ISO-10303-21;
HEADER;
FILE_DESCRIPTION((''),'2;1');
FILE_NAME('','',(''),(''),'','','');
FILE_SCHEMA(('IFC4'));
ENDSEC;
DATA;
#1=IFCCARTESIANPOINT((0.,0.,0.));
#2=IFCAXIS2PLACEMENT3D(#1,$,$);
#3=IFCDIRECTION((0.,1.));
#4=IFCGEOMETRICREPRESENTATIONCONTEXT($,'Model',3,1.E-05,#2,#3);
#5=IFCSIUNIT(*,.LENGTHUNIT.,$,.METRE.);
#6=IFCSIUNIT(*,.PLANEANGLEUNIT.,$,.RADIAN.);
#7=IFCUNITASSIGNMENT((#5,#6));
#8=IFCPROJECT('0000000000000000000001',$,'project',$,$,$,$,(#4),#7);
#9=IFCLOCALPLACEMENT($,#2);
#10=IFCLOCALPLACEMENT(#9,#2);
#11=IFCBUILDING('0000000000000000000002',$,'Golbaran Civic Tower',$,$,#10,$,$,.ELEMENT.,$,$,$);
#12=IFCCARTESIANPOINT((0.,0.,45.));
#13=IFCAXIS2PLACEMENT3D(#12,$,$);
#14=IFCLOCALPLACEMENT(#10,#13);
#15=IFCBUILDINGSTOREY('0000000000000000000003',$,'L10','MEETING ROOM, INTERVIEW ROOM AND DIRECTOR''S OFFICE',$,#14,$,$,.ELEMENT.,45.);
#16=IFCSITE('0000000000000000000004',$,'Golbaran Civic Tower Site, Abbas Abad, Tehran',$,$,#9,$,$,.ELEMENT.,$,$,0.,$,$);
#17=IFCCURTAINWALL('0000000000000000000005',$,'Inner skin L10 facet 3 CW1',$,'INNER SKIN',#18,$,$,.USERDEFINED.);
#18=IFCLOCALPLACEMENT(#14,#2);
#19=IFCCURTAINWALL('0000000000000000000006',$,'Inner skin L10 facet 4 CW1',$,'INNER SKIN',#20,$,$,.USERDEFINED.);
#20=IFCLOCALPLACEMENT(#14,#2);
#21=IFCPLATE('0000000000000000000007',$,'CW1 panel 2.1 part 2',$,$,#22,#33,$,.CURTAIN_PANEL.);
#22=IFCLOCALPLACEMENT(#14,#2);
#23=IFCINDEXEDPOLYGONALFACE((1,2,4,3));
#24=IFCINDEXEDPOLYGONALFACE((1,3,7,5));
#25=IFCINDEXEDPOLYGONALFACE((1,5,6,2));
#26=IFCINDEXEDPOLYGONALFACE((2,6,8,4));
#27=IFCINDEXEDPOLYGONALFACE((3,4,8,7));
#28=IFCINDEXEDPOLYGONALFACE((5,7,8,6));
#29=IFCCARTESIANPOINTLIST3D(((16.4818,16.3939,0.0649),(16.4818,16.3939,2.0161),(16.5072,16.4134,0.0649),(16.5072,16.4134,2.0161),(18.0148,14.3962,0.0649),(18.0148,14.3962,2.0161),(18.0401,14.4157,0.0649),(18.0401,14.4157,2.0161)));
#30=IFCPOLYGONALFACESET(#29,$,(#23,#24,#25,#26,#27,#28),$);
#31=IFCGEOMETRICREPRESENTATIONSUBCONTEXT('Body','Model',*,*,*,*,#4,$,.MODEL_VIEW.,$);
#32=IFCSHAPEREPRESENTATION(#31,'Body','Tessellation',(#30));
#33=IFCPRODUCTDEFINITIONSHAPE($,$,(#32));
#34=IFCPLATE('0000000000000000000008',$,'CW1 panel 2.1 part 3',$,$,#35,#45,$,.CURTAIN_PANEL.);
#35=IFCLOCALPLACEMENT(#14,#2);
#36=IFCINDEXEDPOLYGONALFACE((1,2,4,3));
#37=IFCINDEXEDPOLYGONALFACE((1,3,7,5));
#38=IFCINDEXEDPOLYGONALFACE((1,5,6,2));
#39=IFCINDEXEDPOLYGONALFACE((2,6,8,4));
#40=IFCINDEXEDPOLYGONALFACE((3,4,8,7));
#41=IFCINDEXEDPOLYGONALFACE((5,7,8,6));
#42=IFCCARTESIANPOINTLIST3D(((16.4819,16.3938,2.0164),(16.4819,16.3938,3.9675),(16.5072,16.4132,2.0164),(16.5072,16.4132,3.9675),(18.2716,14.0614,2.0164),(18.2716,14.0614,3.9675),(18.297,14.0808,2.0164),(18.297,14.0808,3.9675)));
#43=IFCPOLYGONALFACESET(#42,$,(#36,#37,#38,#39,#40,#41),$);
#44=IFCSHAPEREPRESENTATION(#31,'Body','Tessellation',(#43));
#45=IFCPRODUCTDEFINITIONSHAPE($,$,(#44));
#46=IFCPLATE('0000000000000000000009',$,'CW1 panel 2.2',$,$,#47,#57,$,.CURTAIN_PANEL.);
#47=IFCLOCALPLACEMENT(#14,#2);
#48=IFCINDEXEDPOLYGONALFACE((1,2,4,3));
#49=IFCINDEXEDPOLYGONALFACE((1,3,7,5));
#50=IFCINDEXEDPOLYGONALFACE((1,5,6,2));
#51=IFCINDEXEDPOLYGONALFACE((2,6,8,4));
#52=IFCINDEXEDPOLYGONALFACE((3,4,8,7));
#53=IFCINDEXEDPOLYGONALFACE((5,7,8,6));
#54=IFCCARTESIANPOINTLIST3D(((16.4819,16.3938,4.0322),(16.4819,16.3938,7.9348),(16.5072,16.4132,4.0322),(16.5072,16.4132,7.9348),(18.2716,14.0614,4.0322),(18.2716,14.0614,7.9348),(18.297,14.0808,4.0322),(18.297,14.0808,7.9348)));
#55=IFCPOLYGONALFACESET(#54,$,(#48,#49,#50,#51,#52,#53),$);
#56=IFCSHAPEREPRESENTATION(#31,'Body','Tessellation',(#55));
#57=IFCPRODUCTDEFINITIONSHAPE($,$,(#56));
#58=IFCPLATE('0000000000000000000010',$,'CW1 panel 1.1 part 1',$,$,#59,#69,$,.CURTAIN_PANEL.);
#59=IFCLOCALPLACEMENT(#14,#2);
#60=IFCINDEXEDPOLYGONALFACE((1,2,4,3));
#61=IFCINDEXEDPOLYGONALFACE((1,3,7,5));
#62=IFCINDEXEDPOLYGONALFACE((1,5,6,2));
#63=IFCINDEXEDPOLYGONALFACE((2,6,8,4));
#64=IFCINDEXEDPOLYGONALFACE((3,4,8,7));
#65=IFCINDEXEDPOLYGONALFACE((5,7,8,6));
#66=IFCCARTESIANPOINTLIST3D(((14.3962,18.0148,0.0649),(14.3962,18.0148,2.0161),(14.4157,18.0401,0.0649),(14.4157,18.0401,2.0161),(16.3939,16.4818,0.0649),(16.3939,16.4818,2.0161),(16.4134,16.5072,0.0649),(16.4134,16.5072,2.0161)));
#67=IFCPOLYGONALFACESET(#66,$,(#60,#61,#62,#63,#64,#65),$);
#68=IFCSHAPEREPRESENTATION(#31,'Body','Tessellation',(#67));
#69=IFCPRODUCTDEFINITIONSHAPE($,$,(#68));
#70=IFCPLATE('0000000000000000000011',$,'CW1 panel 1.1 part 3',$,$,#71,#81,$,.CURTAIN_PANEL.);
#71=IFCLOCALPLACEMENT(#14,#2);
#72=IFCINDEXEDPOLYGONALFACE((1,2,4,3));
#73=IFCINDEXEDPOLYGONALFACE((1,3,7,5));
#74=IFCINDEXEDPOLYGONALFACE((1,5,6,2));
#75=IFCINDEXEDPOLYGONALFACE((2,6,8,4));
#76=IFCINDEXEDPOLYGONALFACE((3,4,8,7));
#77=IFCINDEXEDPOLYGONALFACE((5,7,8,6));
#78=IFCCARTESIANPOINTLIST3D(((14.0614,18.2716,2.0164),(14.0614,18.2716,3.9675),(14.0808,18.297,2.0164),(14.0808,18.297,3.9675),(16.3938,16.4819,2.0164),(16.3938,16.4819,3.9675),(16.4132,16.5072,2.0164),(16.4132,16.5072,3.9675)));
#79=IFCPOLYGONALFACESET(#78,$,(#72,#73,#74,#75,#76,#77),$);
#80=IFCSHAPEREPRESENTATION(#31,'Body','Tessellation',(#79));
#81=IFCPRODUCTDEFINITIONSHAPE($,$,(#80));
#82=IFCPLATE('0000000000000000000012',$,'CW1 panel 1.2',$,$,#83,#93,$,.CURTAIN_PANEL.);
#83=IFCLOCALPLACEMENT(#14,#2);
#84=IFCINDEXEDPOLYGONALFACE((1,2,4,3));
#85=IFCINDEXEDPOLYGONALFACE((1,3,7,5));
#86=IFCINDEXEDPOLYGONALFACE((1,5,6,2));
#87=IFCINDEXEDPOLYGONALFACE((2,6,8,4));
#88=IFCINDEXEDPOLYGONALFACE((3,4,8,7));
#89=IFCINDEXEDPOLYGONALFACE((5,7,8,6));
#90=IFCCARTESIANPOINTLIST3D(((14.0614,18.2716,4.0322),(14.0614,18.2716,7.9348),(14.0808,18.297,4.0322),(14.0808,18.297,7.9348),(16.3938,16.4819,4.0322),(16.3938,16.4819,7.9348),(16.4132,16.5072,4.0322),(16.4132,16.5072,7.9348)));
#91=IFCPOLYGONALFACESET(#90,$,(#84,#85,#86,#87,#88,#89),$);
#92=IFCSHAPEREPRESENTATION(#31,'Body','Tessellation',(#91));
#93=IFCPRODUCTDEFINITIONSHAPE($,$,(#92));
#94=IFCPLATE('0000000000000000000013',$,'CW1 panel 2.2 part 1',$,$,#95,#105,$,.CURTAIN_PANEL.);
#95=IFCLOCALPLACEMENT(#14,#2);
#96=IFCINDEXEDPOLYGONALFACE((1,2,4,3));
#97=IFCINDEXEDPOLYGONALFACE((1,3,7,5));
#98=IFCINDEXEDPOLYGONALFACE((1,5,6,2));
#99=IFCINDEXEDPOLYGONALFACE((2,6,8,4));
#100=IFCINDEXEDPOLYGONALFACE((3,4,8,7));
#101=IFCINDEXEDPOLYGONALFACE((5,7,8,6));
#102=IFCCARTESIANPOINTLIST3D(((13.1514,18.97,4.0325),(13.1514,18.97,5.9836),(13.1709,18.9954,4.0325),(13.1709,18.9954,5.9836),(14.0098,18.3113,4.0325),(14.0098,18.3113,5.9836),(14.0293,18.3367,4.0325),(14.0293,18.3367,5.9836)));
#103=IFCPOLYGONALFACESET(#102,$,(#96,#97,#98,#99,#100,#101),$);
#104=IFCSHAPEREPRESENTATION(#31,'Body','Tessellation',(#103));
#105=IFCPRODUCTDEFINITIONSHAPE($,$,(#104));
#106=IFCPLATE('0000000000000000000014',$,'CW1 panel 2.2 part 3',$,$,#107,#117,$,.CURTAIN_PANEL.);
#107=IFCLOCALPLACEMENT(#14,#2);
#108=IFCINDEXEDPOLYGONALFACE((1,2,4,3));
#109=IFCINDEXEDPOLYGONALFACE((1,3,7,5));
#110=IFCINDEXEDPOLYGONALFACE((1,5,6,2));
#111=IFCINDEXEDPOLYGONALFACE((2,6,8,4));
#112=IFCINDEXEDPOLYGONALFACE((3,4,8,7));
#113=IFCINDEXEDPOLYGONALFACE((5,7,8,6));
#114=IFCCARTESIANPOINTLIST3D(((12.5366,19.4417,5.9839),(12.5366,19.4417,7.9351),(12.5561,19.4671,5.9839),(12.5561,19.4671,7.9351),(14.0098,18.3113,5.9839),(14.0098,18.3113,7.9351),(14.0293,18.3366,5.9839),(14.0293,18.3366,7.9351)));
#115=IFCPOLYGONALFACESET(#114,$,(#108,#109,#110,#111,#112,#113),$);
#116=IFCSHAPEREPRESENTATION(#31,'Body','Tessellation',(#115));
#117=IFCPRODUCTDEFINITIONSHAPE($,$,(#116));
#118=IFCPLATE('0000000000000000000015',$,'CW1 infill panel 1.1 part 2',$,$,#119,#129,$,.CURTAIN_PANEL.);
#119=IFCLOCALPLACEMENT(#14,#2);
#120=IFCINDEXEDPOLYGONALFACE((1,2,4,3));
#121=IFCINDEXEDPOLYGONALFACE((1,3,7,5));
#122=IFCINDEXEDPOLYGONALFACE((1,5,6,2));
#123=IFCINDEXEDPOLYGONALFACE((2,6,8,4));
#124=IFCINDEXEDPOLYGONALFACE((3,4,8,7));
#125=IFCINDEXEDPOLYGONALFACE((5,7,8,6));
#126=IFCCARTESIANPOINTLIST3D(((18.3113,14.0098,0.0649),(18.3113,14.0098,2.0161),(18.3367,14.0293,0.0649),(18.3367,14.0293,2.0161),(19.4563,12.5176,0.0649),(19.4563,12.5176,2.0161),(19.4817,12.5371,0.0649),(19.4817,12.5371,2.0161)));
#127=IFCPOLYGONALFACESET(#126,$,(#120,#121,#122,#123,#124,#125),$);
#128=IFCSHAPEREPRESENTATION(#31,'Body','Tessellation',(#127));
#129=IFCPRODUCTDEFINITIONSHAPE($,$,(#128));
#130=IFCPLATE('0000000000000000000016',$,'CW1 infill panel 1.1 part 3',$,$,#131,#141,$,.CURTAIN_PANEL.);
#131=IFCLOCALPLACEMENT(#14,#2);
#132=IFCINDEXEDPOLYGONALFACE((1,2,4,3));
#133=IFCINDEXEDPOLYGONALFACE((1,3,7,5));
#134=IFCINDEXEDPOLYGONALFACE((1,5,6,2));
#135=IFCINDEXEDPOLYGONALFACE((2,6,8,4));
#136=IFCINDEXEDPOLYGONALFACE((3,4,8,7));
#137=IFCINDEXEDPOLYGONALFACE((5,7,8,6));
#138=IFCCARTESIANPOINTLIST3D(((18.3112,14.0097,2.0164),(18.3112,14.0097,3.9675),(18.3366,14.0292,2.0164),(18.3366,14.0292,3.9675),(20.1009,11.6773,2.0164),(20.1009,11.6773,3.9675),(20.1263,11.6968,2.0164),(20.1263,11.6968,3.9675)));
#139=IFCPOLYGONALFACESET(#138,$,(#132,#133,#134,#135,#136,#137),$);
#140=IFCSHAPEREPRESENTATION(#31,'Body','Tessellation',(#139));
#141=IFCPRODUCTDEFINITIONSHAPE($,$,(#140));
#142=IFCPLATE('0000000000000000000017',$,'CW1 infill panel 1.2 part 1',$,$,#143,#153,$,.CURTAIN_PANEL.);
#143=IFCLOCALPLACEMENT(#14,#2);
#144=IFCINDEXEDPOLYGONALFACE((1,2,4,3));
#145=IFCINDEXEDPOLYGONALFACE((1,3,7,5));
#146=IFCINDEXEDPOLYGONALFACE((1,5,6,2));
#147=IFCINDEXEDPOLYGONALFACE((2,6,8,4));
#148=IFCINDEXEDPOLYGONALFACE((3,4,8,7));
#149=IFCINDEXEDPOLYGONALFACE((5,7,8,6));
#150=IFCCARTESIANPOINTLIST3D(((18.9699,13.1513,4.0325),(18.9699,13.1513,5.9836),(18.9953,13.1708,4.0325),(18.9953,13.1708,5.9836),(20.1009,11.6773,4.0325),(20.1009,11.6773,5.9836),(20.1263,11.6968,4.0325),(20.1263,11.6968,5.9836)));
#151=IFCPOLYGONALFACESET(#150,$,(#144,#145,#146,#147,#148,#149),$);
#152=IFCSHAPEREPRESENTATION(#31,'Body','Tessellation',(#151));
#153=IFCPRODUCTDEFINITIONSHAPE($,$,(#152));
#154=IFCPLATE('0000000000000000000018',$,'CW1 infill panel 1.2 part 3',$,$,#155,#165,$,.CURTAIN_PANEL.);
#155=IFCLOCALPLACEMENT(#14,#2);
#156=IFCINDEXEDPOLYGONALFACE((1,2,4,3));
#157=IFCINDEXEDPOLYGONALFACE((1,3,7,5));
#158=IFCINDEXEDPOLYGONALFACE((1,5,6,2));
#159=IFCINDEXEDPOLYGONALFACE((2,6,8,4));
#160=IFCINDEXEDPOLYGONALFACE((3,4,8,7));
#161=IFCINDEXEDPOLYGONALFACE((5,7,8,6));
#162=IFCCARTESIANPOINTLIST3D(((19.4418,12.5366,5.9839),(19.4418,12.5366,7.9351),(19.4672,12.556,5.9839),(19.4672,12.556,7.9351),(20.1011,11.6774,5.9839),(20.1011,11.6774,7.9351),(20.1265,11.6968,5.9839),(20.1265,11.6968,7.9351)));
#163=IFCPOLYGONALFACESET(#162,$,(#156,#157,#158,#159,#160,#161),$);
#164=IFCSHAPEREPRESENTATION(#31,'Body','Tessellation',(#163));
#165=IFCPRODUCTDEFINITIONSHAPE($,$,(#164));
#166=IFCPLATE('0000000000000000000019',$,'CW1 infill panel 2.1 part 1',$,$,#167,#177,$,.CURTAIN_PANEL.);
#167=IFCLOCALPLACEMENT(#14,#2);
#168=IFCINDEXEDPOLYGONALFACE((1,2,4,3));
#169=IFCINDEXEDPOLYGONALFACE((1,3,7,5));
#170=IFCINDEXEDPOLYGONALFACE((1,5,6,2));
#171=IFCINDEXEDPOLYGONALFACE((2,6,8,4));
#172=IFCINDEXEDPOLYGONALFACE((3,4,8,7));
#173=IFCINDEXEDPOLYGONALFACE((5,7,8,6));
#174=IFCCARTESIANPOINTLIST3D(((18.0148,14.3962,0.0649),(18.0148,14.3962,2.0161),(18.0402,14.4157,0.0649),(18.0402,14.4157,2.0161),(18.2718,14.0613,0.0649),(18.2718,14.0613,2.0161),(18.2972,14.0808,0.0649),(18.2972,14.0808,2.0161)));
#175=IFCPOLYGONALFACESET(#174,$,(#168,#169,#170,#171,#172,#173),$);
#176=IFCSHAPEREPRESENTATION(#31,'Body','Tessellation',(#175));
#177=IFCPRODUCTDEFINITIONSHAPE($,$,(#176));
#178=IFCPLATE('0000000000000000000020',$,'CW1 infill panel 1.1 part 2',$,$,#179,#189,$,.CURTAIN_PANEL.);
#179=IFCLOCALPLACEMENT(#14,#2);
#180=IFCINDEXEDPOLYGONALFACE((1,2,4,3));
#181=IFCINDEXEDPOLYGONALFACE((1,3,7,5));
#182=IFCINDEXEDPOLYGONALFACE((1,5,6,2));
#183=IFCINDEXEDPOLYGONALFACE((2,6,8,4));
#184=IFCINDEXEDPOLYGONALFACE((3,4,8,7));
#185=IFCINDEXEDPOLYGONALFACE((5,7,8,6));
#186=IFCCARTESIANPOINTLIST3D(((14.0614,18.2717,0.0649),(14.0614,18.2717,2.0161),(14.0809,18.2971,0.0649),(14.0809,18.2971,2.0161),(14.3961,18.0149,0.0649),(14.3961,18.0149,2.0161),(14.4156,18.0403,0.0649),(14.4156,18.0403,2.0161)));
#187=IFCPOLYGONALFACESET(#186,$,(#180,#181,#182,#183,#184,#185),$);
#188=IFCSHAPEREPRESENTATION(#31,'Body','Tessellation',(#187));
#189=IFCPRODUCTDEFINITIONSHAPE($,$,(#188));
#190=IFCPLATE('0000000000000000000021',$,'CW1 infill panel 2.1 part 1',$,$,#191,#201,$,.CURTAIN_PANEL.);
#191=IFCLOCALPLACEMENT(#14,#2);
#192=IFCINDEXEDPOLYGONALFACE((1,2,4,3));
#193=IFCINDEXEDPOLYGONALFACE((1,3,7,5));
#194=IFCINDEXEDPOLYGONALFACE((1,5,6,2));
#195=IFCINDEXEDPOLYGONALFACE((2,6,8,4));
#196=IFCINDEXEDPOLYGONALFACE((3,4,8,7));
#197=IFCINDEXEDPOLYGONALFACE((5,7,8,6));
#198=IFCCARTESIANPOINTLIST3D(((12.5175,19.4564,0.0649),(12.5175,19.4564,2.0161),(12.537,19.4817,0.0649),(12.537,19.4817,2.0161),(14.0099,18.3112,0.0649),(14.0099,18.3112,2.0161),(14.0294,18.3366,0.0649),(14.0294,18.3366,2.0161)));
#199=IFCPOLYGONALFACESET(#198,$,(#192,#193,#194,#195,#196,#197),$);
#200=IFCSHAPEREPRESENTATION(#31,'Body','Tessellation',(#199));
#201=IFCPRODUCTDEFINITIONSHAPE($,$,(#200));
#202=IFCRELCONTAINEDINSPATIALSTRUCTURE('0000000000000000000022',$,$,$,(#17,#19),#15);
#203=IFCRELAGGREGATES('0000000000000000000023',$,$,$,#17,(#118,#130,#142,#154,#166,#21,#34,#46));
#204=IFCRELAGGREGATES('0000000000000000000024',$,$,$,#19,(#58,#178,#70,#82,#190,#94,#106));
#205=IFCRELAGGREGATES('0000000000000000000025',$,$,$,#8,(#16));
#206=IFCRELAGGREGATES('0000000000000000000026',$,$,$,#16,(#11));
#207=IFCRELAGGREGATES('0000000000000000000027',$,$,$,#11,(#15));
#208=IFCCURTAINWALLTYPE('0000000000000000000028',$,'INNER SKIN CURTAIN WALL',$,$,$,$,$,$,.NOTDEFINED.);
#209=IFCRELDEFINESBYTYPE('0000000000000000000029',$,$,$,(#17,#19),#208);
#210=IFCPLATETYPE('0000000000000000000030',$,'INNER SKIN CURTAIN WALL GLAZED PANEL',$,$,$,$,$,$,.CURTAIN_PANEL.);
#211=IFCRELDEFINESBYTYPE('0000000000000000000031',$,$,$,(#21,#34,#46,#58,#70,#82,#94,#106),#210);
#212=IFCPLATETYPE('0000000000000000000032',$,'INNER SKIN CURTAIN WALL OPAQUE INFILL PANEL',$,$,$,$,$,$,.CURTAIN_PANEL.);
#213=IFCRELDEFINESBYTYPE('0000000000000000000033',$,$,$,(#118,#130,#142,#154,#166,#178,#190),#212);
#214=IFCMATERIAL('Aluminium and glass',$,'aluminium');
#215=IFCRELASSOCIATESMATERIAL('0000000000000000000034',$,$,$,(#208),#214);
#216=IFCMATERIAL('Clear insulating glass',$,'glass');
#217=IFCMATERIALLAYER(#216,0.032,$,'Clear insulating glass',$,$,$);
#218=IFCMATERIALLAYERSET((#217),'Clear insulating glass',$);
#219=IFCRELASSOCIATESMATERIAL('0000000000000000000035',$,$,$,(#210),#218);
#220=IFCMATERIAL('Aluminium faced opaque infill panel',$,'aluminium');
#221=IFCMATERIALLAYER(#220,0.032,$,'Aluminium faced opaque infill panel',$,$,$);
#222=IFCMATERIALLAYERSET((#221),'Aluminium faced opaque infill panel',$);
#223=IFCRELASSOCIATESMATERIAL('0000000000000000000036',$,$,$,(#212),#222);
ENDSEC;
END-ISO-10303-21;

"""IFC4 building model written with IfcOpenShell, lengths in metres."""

from ifc_helpers import new_model, si_unit, direction, frame, origin, origin_2d, place, context, subcontext, project, spatial, rectangle, extrude, material, layer, layer_set, type_object, element, aggregate, save


model = new_model("IFC4")

# Units and contexts
model_context = context("Model", 3, precision=1e-05, world=origin(), true_north=direction((0.0, 1.0)))
body_context = subcontext(model_context, "Body", "Model", "MODEL_VIEW")
ifc_project = project(units=[si_unit("LENGTHUNIT", "METRE"), si_unit("PLANEANGLEUNIT", "RADIAN")], contexts=[model_context])

# Site, building, storey
site_placement = place(None, origin())
site = spatial("IfcSite", under=ifc_project, at=site_placement, Name="Golbaran Civic Tower Site, Abbas Abad, Tehran", CompositionType="ELEMENT", RefElevation=0.0)
building_placement = place(site_placement, origin())
building = spatial("IfcBuilding", under=site, at=building_placement, Name="Golbaran Civic Tower", CompositionType="ELEMENT")
storey_placement = place(building_placement, frame((0.0, 0.0, 45.0)))
storey = spatial("IfcBuildingStorey", under=building, at=storey_placement, Name="L10", Description="MEETING ROOM, INTERVIEW ROOM AND DIRECTOR'S OFFICE", CompositionType="ELEMENT", Elevation=45.0)

# Shared definitions
ifc_material_1 = material(Name="Aluminium and glass", Category="aluminium")
curtain_wall_type = type_object("IfcCurtainWallType", Name="INNER SKIN CURTAIN WALL", PredefinedType="NOTDEFINED", material=ifc_material_1)

# Curtain walls
curtain_wall_1_placement = place(storey_placement, origin())
curtain_wall_1 = element("IfcCurtainWall", 1, at=curtain_wall_1_placement, inside=storey, type_object=curtain_wall_type, Name="Inner skin L10 facet 3 CW1", ObjectType="INNER SKIN", PredefinedType="USERDEFINED")
curtain_wall_2_placement = place(storey_placement, origin())
curtain_wall_2 = element("IfcCurtainWall", 2, at=curtain_wall_2_placement, inside=storey, type_object=curtain_wall_type, Name="Inner skin L10 facet 4 CW1", ObjectType="INNER SKIN", PredefinedType="USERDEFINED")

# Plates
ifc_material_2 = material(Name="Clear insulating glass", Category="glass")
ifc_layer_1 = layer(ifc_material_2, 0.032, Name="Clear insulating glass")
ifc_layer_set_1 = layer_set([ifc_layer_1], Name="Clear insulating glass")
plate_type_1 = type_object("IfcPlateType", Name="INNER SKIN CURTAIN WALL GLAZED PANEL", PredefinedType="CURTAIN_PANEL", material=ifc_layer_set_1)
plate_1_placement = place(storey_placement, frame((17.261, 15.4048, 0.0649), z_axis=(0.0, 0.0, 1.0), x_axis=(-0.608761, 0.793353, 0.0)))
plate_1 = element("IfcPlate", 3, at=plate_1_placement, type_object=plate_type_1, Name="CW1 panel 2.1 part 2", PredefinedType="CURTAIN_PANEL", context=body_context, shape_type="SweptSolid", body=[
    extrude(rectangle(XDim=2.5181, YDim=0.032, at=origin_2d()), origin(), (0.0, 0.0, 1.0), 1.9512),
])
plate_2_placement = place(storey_placement, frame((17.3894, 15.2373, 2.0164), z_axis=(0.0, 0.0, 1.0), x_axis=(-0.608761, 0.793353, 0.0)))
plate_2 = element("IfcPlate", 4, at=plate_2_placement, type_object=plate_type_1, Name="CW1 panel 2.1 part 3", PredefinedType="CURTAIN_PANEL", context=body_context, shape_type="SweptSolid", body=[
    extrude(rectangle(XDim=2.9399, YDim=0.032, at=origin_2d()), origin(), (0.0, 0.0, 1.0), 1.9512),
])
plate_3_placement = place(storey_placement, frame((17.3894, 15.2373, 4.0322), z_axis=(0.0, 0.0, 1.0), x_axis=(-0.608761, 0.793353, 0.0)))
plate_3 = element("IfcPlate", 5, at=plate_3_placement, type_object=plate_type_1, Name="CW1 panel 2.2", PredefinedType="CURTAIN_PANEL", context=body_context, shape_type="SweptSolid", body=[
    extrude(rectangle(XDim=2.9399, YDim=0.032, at=origin_2d()), origin(), (0.0, 0.0, 1.0), 3.9026),
])
plate_4_placement = place(storey_placement, frame((15.4048, 17.261, 0.0649), z_axis=(0.0, 0.0, 1.0), x_axis=(-0.793353, 0.608761, 0.0)))
plate_4 = element("IfcPlate", 6, at=plate_4_placement, type_object=plate_type_1, Name="CW1 panel 1.1 part 1", PredefinedType="CURTAIN_PANEL", context=body_context, shape_type="SweptSolid", body=[
    extrude(rectangle(XDim=2.5181, YDim=0.032, at=origin_2d()), origin(), (0.0, 0.0, 1.0), 1.9512),
])
plate_5_placement = place(storey_placement, frame((15.2373, 17.3894, 2.0164), z_axis=(0.0, 0.0, 1.0), x_axis=(-0.793353, 0.608761, 0.0)))
plate_5 = element("IfcPlate", 7, at=plate_5_placement, type_object=plate_type_1, Name="CW1 panel 1.1 part 3", PredefinedType="CURTAIN_PANEL", context=body_context, shape_type="SweptSolid", body=[
    extrude(rectangle(XDim=2.9399, YDim=0.032, at=origin_2d()), origin(), (0.0, 0.0, 1.0), 1.9512),
])
plate_6_placement = place(storey_placement, frame((15.2373, 17.3894, 4.0322), z_axis=(0.0, 0.0, 1.0), x_axis=(-0.793353, 0.608761, 0.0)))
plate_6 = element("IfcPlate", 8, at=plate_6_placement, type_object=plate_type_1, Name="CW1 panel 1.2", PredefinedType="CURTAIN_PANEL", context=body_context, shape_type="SweptSolid", body=[
    extrude(rectangle(XDim=2.9399, YDim=0.032, at=origin_2d()), origin(), (0.0, 0.0, 1.0), 3.9026),
])
plate_7_placement = place(storey_placement, frame((13.5903, 18.6533, 4.0325), z_axis=(0.0, 0.0, 1.0), x_axis=(-0.793353, 0.608761, 0.0)))
plate_7 = element("IfcPlate", 9, at=plate_7_placement, type_object=plate_type_1, Name="CW1 panel 2.2 part 1", PredefinedType="CURTAIN_PANEL", context=body_context, shape_type="SweptSolid", body=[
    extrude(rectangle(XDim=1.082, YDim=0.032, at=origin_2d()), origin(), (0.0, 0.0, 1.0), 1.9512),
])
plate_8_placement = place(storey_placement, frame((13.283, 18.8892, 5.9839), z_axis=(0.0, 0.0, 1.0), x_axis=(-0.793353, 0.608761, 0.0)))
plate_8 = element("IfcPlate", 10, at=plate_8_placement, type_object=plate_type_1, Name="CW1 panel 2.2 part 3", PredefinedType="CURTAIN_PANEL", context=body_context, shape_type="SweptSolid", body=[
    extrude(rectangle(XDim=1.8569, YDim=0.032, at=origin_2d()), origin(), (0.0, 0.0, 1.0), 1.9512),
])
ifc_material_3 = material(Name="Aluminium faced opaque infill panel", Category="aluminium")
ifc_layer_2 = layer(ifc_material_3, 0.032, Name="Aluminium faced opaque infill panel")
ifc_layer_set_2 = layer_set([ifc_layer_2], Name="Aluminium faced opaque infill panel")
plate_type_2 = type_object("IfcPlateType", Name="INNER SKIN CURTAIN WALL OPAQUE INFILL PANEL", PredefinedType="CURTAIN_PANEL", material=ifc_layer_set_2)
plate_9_placement = place(storey_placement, frame((18.8965, 13.2734, 0.0649), z_axis=(0.0, 0.0, 1.0), x_axis=(-0.608761, 0.793353, 0.0)))
plate_9 = element("IfcPlate", 11, at=plate_9_placement, type_object=plate_type_2, Name="CW1 infill panel 1.1 part 2", PredefinedType="CURTAIN_PANEL", context=body_context, shape_type="SweptSolid", body=[
    extrude(rectangle(XDim=1.8809, YDim=0.032, at=origin_2d()), origin(), (0.0, 0.0, 1.0), 1.9512),
])
plate_10_placement = place(storey_placement, frame((19.2188, 12.8533, 2.0164), z_axis=(0.0, 0.0, 1.0), x_axis=(-0.608761, 0.793353, 0.0)))
plate_10 = element("IfcPlate", 12, at=plate_10_placement, type_object=plate_type_2, Name="CW1 infill panel 1.1 part 3", PredefinedType="CURTAIN_PANEL", context=body_context, shape_type="SweptSolid", body=[
    extrude(rectangle(XDim=2.9399, YDim=0.032, at=origin_2d()), origin(), (0.0, 0.0, 1.0), 1.9512),
])
plate_11_placement = place(storey_placement, frame((19.5481, 12.4241, 4.0325), z_axis=(0.0, 0.0, 1.0), x_axis=(-0.608761, 0.793353, 0.0)))
plate_11 = element("IfcPlate", 13, at=plate_11_placement, type_object=plate_type_2, Name="CW1 infill panel 1.2 part 1", PredefinedType="CURTAIN_PANEL", context=body_context, shape_type="SweptSolid", body=[
    extrude(rectangle(XDim=1.8579, YDim=0.032, at=origin_2d()), origin(), (0.0, 0.0, 1.0), 1.9512),
])
plate_12_placement = place(storey_placement, frame((19.7842, 12.1167, 5.9839), z_axis=(0.0, 0.0, 1.0), x_axis=(-0.608761, 0.793353, 0.0)))
plate_12 = element("IfcPlate", 14, at=plate_12_placement, type_object=plate_type_2, Name="CW1 infill panel 1.2 part 3", PredefinedType="CURTAIN_PANEL", context=body_context, shape_type="SweptSolid", body=[
    extrude(rectangle(XDim=1.083, YDim=0.032, at=origin_2d()), origin(), (0.0, 0.0, 1.0), 1.9512),
])
plate_13_placement = place(storey_placement, frame((18.156, 14.2385, 0.0649), z_axis=(0.0, 0.0, 1.0), x_axis=(-0.608761, 0.793353, 0.0)))
plate_13 = element("IfcPlate", 15, at=plate_13_placement, type_object=plate_type_2, Name="CW1 infill panel 2.1 part 1", PredefinedType="CURTAIN_PANEL", context=body_context, shape_type="SweptSolid", body=[
    extrude(rectangle(XDim=0.4221, YDim=0.032, at=origin_2d()), origin(), (0.0, 0.0, 1.0), 1.9512),
])
aggregate(curtain_wall_1, [plate_9, plate_10, plate_11, plate_12, plate_13, plate_1, plate_2, plate_3])
plate_14_placement = place(storey_placement, frame((14.2385, 18.156, 0.0649), z_axis=(0.0, 0.0, 1.0), x_axis=(-0.793353, 0.608761, 0.0)))
plate_14 = element("IfcPlate", 16, at=plate_14_placement, type_object=plate_type_2, Name="CW1 infill panel 1.1 part 2", PredefinedType="CURTAIN_PANEL", context=body_context, shape_type="SweptSolid", body=[
    extrude(rectangle(XDim=0.4219, YDim=0.032, at=origin_2d()), origin(), (0.0, 0.0, 1.0), 1.9512),
])
plate_15_placement = place(storey_placement, frame((13.2734, 18.8965, 0.0649), z_axis=(0.0, 0.0, 1.0), x_axis=(-0.793353, 0.608761, 0.0)))
plate_15 = element("IfcPlate", 17, at=plate_15_placement, type_object=plate_type_2, Name="CW1 infill panel 2.1 part 1", PredefinedType="CURTAIN_PANEL", context=body_context, shape_type="SweptSolid", body=[
    extrude(rectangle(XDim=1.8811, YDim=0.032, at=origin_2d()), origin(), (0.0, 0.0, 1.0), 1.9512),
])
aggregate(curtain_wall_2, [plate_4, plate_14, plate_5, plate_6, plate_15, plate_7, plate_8])

save(model, "model.ifc")
